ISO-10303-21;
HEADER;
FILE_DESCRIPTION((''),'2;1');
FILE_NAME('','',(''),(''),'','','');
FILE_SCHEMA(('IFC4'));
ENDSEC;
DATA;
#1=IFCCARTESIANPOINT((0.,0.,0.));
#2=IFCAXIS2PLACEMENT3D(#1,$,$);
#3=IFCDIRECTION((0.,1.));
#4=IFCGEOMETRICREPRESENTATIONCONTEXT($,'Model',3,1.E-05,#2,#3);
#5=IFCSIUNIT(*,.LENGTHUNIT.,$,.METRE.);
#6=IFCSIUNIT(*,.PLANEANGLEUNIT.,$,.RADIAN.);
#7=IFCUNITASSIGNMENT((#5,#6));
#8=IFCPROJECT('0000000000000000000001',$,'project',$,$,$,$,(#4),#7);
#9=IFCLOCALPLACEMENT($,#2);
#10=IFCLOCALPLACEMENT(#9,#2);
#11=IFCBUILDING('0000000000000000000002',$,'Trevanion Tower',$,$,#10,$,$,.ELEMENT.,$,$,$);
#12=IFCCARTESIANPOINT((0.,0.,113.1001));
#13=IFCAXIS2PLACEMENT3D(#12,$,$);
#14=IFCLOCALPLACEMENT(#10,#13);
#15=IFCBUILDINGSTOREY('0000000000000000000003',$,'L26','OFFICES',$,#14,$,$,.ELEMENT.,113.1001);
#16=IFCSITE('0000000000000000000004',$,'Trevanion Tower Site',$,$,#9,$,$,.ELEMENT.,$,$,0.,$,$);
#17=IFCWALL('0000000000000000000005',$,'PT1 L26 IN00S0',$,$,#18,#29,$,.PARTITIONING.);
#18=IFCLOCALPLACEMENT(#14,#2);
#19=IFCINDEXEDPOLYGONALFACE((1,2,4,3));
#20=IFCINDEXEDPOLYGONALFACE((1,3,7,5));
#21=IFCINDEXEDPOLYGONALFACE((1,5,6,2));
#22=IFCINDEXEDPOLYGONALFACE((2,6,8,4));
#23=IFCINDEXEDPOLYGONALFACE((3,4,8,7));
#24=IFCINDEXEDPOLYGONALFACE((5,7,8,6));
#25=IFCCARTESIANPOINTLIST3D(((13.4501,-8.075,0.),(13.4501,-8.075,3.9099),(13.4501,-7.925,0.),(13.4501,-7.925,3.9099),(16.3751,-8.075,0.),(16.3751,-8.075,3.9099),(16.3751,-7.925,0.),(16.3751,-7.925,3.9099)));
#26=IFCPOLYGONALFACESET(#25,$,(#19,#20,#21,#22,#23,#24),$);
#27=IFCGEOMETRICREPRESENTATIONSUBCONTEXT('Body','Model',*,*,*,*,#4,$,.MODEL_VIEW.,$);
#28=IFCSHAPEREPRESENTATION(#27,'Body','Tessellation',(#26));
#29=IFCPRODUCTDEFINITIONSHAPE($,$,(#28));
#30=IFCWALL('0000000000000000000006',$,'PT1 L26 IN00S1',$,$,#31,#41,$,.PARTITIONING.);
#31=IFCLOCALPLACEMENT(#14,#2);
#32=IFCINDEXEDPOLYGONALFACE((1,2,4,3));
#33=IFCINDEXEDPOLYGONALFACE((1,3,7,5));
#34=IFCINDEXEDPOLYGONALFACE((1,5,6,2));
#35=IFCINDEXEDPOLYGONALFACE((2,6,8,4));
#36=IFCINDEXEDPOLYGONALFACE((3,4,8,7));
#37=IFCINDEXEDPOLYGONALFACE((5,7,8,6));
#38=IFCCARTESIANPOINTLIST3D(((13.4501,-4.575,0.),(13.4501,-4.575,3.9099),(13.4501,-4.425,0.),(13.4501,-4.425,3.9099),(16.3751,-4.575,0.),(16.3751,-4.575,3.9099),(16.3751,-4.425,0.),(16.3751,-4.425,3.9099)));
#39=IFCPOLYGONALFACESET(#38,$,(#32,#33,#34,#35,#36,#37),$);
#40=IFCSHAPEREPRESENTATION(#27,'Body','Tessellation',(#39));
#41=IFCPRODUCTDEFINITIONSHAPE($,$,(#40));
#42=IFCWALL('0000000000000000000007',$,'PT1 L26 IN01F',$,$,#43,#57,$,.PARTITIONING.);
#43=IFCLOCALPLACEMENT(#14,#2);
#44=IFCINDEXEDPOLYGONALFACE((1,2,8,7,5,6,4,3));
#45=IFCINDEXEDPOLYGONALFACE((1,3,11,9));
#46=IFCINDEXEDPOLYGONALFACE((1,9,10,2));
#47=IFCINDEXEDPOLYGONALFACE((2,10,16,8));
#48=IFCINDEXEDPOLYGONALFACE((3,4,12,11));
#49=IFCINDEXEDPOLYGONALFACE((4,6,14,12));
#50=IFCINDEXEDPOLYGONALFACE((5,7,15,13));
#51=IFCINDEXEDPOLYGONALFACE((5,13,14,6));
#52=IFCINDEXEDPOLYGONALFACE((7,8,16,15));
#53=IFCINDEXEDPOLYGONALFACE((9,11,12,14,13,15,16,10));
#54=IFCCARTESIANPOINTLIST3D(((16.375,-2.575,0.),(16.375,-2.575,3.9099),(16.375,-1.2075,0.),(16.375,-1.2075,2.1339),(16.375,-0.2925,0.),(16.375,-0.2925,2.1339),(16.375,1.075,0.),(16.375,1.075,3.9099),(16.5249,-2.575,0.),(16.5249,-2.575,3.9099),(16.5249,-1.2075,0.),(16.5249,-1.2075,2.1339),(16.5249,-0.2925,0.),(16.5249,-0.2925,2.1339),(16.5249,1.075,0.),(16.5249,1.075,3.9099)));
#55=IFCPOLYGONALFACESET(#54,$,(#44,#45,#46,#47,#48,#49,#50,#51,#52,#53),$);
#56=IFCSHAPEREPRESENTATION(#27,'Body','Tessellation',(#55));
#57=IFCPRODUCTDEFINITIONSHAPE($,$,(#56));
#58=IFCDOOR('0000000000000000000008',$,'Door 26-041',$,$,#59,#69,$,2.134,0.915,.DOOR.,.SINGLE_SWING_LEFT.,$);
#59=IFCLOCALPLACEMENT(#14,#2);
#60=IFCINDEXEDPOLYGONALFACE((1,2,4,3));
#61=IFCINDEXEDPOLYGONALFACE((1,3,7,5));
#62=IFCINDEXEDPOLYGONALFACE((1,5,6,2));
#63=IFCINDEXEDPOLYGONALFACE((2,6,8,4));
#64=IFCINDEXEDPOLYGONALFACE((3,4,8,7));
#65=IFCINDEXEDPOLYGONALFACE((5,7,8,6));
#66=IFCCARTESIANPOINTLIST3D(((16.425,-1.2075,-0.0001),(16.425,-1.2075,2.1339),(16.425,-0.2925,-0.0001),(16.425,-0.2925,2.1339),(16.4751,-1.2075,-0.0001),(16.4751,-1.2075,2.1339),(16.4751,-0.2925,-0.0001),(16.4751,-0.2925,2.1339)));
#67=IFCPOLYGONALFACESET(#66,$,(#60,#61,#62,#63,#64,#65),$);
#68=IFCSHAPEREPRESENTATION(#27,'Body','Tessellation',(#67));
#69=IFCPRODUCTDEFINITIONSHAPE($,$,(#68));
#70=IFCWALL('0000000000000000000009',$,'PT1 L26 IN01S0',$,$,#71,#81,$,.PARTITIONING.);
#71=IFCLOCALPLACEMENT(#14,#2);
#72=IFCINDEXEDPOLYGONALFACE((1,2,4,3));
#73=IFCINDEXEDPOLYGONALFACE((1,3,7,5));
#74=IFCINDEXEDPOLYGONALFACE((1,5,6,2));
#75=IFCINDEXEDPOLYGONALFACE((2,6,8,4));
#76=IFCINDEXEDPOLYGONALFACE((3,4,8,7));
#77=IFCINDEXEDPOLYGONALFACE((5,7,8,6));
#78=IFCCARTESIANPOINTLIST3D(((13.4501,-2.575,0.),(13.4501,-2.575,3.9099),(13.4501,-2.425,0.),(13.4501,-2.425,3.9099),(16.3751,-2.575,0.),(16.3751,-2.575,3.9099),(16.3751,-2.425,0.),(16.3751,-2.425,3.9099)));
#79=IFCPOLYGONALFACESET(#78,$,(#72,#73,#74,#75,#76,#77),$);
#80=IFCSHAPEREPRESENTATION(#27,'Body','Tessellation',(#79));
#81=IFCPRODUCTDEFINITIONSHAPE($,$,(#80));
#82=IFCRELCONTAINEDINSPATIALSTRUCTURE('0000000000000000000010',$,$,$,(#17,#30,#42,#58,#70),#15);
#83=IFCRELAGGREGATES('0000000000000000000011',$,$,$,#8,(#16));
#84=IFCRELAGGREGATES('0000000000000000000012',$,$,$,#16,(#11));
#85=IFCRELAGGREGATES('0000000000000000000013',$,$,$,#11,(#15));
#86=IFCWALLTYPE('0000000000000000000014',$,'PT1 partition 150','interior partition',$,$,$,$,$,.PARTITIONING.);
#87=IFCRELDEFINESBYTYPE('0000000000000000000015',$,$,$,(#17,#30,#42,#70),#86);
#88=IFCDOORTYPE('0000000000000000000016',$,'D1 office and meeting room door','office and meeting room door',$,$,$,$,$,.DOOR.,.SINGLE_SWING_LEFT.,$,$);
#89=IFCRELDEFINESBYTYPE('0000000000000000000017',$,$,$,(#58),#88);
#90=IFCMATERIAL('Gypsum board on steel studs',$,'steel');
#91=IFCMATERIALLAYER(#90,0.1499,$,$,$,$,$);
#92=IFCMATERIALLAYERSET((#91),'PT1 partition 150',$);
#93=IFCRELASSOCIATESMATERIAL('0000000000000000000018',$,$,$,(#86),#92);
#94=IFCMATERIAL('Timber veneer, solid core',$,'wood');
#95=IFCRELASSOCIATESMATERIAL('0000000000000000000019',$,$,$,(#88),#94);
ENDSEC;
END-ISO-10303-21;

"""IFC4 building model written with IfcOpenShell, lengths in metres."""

from ifc_helpers import new_model, si_unit, direction, frame, frame_2d, origin, place, context, subcontext, project, spatial, rectangle, extrude, material, layer, layer_set, type_object, element, fill, save


model = new_model("IFC4")

# Units and contexts
model_context = context("Model", 3, precision=1e-05, world=origin(), true_north=direction((0.0, 1.0)))
body_context = subcontext(model_context, "Body", "Model", "MODEL_VIEW")
ifc_project = project(units=[si_unit("LENGTHUNIT", "METRE"), si_unit("PLANEANGLEUNIT", "RADIAN")], contexts=[model_context])

# Site, building, storey
site_placement = place(None, origin())
site = spatial("IfcSite", under=ifc_project, at=site_placement, Name="Trevanion Tower Site", CompositionType="ELEMENT", RefElevation=0.0)
building_placement = place(site_placement, origin())
building = spatial("IfcBuilding", under=site, at=building_placement, Name="Trevanion Tower", CompositionType="ELEMENT")
storey_placement = place(building_placement, frame((0.0, 0.0, 113.1001)))
storey = spatial("IfcBuildingStorey", under=building, at=storey_placement, Name="L26", Description="OFFICES", CompositionType="ELEMENT", Elevation=113.1001)

# Shared definitions
ifc_material_1 = material(Name="Gypsum board on steel studs", Category="steel")
ifc_layer_1 = layer(ifc_material_1, 0.1499)
ifc_layer_set_1 = layer_set([ifc_layer_1], Name="PT1 partition 150")
wall_type = type_object("IfcWallType", Name="PT1 partition 150", Description="interior partition", PredefinedType="PARTITIONING", material=ifc_layer_set_1)
ifc_material_2 = material(Name="Timber veneer, solid core", Category="wood")
door_type = type_object("IfcDoorType", Name="D1 office and meeting room door", Description="office and meeting room door", OperationType="SINGLE_SWING_LEFT", PredefinedType="DOOR", material=ifc_material_2)

# Walls
for number, where, z_axis, x_axis, name in (
    (1, (16.375, -8.0, 0.0), (0.0, 0.0, 1.0), (-1.0, 0.0, 0.0), "PT1 L26 IN00S0"),
    (2, (16.375, -4.5, 0.0), (0.0, 0.0, 1.0), (-1.0, 0.0, 0.0), "PT1 L26 IN00S1"),
):
    element("IfcWall", number, at=place(storey_placement, frame(where, z_axis=z_axis, x_axis=x_axis)), inside=storey, type_object=wall_type, Name=name, PredefinedType="PARTITIONING", context=body_context, shape_type="SweptSolid", body=[
        extrude(rectangle(XDim=2.925, YDim=0.1499, at=frame_2d((1.4624, 0.0))), origin(), (0.0, 0.0, 1.0), 3.9099),
    ])

# Wall, opening, door
wall_1_placement = place(storey_placement, frame((16.45, -2.575, 0.0), z_axis=(0.0, 0.0, 1.0), x_axis=(0.0, 1.0, 0.0)))
wall_1 = element("IfcWall", 3, at=wall_1_placement, inside=storey, type_object=wall_type, Name="PT1 L26 IN01F", PredefinedType="PARTITIONING", context=body_context, shape_type="SweptSolid", body=[
    extrude(rectangle(XDim=3.6499, YDim=0.1499, at=frame_2d((1.825, 0.0))), origin(), (0.0, 0.0, 1.0), 3.9099),
])
opening_1_placement = place(wall_1_placement, frame((1.3674, 0.0, 0.0)))
opening_1 = element("IfcOpeningElement", 4, at=opening_1_placement, cuts=wall_1, PredefinedType="OPENING", context=body_context, shape_type="SweptSolid", body=[
    extrude(rectangle(XDim=0.915, YDim=2.134, at=frame_2d((0.4575, 1.0669))), frame((0.0, 0.085, 0.0), z_axis=(0.0, -1.0, 0.0), x_axis=(1.0, 0.0, 0.0)), (0.0, 0.0, 1.0), 0.1699),
])
door_1_placement = place(opening_1_placement, origin())
door_1 = element("IfcDoor", 5, at=door_1_placement, inside=storey, type_object=door_type, Name="Door 26-041", OperationType="SINGLE_SWING_LEFT", OverallHeight=2.134, OverallWidth=0.915, PredefinedType="DOOR", context=body_context, shape_type="SweptSolid", body=[
    extrude(rectangle(XDim=0.915, YDim=2.134, at=frame_2d((0.4575, 1.0669))), frame((0.0, 0.0249, 0.0), z_axis=(0.0, -1.0, 0.0), x_axis=(1.0, 0.0, 0.0)), (0.0, 0.0, 1.0), 0.05),
])
fill(opening_1, door_1)

# Wall
wall_2_placement = place(storey_placement, frame((16.375, -2.5, 0.0), z_axis=(0.0, 0.0, 1.0), x_axis=(-1.0, 0.0, 0.0)))
element("IfcWall", 6, at=wall_2_placement, inside=storey, type_object=wall_type, Name="PT1 L26 IN01S0", PredefinedType="PARTITIONING", context=body_context, shape_type="SweptSolid", body=[
    extrude(rectangle(XDim=2.925, YDim=0.1499, at=frame_2d((1.4624, 0.0))), origin(), (0.0, 0.0, 1.0), 3.9099),
])

save(model, "model.ifc")
